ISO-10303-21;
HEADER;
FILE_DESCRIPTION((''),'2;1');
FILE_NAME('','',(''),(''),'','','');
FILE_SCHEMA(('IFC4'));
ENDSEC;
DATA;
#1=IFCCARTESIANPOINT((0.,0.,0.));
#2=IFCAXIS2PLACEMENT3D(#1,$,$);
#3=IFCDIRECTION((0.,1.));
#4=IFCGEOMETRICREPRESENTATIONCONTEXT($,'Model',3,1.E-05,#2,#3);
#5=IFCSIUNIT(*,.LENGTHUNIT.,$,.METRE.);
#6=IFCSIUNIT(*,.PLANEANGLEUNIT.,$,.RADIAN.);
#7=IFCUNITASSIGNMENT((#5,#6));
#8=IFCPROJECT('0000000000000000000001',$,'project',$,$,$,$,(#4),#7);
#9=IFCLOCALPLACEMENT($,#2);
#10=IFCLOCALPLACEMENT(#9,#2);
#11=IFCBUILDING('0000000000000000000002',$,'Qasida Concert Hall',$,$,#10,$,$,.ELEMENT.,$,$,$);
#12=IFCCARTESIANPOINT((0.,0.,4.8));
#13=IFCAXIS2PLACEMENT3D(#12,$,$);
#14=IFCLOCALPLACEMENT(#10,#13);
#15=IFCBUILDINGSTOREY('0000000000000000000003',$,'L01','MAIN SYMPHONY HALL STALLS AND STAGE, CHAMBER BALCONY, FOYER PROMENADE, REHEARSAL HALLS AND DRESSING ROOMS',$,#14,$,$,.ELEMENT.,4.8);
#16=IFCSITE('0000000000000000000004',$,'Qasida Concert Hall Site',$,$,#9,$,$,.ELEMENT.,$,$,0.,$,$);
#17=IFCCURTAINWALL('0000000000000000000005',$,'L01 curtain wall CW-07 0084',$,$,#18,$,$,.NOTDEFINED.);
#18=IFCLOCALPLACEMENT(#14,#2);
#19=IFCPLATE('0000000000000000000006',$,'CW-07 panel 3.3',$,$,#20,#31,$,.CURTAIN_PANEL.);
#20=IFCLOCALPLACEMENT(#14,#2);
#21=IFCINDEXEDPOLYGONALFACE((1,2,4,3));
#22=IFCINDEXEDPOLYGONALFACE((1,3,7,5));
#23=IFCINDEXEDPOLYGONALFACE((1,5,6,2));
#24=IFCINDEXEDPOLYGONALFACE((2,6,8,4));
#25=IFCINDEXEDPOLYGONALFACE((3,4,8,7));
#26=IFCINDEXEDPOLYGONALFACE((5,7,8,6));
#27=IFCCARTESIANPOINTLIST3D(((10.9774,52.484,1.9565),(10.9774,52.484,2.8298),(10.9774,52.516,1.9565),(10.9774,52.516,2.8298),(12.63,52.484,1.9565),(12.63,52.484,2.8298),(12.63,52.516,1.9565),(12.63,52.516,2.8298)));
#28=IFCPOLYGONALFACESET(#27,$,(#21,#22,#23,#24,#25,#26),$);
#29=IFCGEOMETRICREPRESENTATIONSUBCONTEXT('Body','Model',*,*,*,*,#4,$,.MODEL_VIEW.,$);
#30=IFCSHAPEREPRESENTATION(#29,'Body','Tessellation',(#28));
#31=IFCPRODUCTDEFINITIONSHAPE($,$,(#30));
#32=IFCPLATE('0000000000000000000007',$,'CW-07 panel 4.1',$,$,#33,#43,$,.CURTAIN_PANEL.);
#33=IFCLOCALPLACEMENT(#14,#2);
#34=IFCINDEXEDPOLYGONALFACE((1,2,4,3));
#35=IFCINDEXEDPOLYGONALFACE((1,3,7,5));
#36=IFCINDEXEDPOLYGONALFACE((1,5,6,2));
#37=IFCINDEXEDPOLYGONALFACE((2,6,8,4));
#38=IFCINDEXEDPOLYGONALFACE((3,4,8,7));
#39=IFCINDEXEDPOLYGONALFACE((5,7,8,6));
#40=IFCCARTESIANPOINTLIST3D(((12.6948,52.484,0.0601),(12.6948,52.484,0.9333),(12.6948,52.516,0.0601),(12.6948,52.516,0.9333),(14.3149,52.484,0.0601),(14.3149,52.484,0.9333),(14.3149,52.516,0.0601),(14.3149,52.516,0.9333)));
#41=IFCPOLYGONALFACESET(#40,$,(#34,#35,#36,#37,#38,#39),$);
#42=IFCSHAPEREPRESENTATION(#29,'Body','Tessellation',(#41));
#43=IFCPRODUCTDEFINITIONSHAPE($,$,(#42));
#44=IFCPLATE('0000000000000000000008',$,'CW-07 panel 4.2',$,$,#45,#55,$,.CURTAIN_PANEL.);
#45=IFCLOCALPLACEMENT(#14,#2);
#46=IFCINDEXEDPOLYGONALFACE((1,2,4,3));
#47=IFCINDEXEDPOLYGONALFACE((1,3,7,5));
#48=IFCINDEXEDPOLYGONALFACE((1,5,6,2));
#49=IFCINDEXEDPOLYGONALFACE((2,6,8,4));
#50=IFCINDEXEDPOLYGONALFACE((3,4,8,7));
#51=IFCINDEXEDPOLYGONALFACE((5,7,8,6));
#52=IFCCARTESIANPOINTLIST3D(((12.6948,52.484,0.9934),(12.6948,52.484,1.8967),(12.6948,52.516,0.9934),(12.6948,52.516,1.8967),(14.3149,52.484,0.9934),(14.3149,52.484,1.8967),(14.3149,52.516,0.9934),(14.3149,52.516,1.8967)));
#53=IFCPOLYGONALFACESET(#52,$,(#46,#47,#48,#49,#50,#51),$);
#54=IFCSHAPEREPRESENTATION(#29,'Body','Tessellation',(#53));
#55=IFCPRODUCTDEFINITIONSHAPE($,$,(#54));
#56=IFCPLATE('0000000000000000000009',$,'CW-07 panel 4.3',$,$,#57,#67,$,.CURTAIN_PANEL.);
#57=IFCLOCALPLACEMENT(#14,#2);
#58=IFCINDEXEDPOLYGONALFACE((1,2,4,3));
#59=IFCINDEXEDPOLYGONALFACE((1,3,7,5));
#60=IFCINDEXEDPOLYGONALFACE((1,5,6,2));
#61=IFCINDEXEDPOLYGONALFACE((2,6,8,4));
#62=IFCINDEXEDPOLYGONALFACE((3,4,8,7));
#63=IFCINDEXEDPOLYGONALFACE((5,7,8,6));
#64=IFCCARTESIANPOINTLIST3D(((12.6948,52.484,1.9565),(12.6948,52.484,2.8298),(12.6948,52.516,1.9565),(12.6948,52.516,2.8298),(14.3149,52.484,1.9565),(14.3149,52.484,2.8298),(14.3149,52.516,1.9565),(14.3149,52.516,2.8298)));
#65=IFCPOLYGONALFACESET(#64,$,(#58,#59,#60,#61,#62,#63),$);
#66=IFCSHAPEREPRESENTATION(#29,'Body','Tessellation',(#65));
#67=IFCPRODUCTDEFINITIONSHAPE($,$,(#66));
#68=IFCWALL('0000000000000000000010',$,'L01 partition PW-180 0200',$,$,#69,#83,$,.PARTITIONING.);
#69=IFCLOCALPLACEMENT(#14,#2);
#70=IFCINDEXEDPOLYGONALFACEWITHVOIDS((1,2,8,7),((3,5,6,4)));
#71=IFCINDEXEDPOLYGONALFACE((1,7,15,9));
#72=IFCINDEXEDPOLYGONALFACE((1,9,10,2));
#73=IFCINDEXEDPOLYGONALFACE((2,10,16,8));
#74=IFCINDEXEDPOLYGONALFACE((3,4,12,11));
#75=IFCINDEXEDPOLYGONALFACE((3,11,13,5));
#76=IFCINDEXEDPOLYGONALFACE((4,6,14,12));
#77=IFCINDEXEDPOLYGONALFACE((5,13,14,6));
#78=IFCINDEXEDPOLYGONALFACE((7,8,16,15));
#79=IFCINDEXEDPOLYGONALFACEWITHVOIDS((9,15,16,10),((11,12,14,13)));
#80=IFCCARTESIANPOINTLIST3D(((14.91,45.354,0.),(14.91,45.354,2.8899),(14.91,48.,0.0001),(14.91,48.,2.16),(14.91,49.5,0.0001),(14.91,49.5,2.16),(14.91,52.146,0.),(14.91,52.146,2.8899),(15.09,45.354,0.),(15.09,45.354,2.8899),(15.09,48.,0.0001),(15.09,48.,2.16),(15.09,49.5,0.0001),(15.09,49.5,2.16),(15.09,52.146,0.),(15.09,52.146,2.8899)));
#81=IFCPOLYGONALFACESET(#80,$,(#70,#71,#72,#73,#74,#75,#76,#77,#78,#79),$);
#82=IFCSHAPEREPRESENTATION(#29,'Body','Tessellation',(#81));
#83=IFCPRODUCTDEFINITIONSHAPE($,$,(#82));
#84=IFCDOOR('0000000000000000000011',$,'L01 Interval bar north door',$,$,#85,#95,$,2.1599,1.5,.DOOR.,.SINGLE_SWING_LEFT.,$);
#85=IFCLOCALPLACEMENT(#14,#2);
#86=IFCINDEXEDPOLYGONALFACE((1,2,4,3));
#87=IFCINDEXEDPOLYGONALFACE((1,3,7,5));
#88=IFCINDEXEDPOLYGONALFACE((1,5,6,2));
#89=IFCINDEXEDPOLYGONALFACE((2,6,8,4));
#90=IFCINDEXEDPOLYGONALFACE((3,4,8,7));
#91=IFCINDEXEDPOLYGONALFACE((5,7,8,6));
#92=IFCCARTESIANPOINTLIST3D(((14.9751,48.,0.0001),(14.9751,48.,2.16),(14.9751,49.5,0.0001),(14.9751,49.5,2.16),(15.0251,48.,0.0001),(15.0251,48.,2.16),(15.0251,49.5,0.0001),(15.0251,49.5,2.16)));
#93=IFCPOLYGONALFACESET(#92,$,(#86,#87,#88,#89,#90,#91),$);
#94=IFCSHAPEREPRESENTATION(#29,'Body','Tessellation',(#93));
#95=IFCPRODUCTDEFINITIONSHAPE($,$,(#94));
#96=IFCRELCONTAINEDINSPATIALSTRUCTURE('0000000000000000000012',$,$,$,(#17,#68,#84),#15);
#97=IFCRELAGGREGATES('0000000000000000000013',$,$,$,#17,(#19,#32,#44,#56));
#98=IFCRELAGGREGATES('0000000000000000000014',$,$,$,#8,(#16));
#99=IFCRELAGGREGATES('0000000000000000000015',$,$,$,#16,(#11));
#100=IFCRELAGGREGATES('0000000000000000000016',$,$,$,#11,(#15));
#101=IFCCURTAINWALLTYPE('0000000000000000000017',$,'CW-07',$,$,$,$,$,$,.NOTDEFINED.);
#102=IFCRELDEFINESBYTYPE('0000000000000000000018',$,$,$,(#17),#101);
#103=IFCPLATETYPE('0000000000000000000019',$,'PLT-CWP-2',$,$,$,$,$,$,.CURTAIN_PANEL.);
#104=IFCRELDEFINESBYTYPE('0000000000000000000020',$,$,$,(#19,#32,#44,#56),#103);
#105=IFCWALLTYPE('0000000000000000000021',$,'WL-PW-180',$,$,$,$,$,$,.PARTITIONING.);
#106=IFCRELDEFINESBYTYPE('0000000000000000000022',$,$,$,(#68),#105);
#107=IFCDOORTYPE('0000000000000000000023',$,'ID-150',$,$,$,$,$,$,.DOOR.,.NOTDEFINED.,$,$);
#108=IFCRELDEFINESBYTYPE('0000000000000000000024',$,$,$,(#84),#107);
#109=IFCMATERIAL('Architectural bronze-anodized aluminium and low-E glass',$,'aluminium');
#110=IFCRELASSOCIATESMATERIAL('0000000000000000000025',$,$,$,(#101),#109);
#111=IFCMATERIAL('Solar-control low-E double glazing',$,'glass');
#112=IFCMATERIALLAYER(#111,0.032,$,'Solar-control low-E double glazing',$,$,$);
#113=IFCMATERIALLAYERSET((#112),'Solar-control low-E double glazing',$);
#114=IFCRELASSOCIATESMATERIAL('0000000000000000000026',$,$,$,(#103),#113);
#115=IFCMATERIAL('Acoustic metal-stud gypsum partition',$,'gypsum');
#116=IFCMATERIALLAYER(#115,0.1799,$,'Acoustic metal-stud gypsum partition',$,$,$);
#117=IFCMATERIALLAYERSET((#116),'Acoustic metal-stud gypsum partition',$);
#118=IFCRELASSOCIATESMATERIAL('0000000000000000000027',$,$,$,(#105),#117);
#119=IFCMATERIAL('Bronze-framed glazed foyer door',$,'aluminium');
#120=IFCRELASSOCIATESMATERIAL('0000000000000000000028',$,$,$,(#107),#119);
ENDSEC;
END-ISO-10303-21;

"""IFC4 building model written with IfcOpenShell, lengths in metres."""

from ifc_helpers import new_model, si_unit, direction, frame, frame_2d, origin, origin_2d, place, context, subcontext, project, spatial, rectangle, extrude, material, layer, layer_set, type_object, element, fill, aggregate, save


model = new_model("IFC4")

# Units and contexts
model_context = context("Model", 3, precision=1e-05, world=origin(), true_north=direction((0.0, 1.0)))
body_context = subcontext(model_context, "Body", "Model", "MODEL_VIEW")
ifc_project = project(units=[si_unit("LENGTHUNIT", "METRE"), si_unit("PLANEANGLEUNIT", "RADIAN")], contexts=[model_context])

# Site, building, storey
site_placement = place(None, origin())
site = spatial("IfcSite", under=ifc_project, at=site_placement, Name="Qasida Concert Hall Site", CompositionType="ELEMENT", RefElevation=0.0)
building_placement = place(site_placement, origin())
building = spatial("IfcBuilding", under=site, at=building_placement, Name="Qasida Concert Hall", CompositionType="ELEMENT")
storey_placement = place(building_placement, frame((0.0, 0.0, 4.8)))
storey = spatial("IfcBuildingStorey", under=building, at=storey_placement, Name="L01", Description="MAIN SYMPHONY HALL STALLS AND STAGE, CHAMBER BALCONY, FOYER PROMENADE, REHEARSAL HALLS AND DRESSING ROOMS", CompositionType="ELEMENT", Elevation=4.8)

# Curtain wall, plates
ifc_material_1 = material(Name="Architectural bronze-anodized aluminium and low-E glass", Category="aluminium")
curtain_wall_type = type_object("IfcCurtainWallType", Name="CW-07", PredefinedType="NOTDEFINED", material=ifc_material_1)
curtain_wall_placement = place(storey_placement, origin())
curtain_wall = element("IfcCurtainWall", 1, at=curtain_wall_placement, inside=storey, type_object=curtain_wall_type, Name="L01 curtain wall CW-07 0084", PredefinedType="NOTDEFINED")
ifc_material_2 = material(Name="Solar-control low-E double glazing", Category="glass")
ifc_layer_1 = layer(ifc_material_2, 0.032, Name="Solar-control low-E double glazing")
ifc_layer_set_1 = layer_set([ifc_layer_1], Name="Solar-control low-E double glazing")
plate_type = type_object("IfcPlateType", Name="PLT-CWP-2", PredefinedType="CURTAIN_PANEL", material=ifc_layer_set_1)
plate_1_placement = place(storey_placement, frame((11.8037, 52.5, 1.9565), z_axis=(0.0, 0.0, 1.0), x_axis=(1.0, 0.0, 0.0)))
plate_1 = element("IfcPlate", 2, at=plate_1_placement, type_object=plate_type, Name="CW-07 panel 3.3", PredefinedType="CURTAIN_PANEL", context=body_context, shape_type="SweptSolid", body=[
    extrude(rectangle(XDim=1.6526, YDim=0.032, at=origin_2d()), origin(), (0.0, 0.0, 1.0), 0.8733),
])
plate_2_placement = place(storey_placement, frame((13.5049, 52.5, 0.0601), z_axis=(0.0, 0.0, 1.0), x_axis=(1.0, 0.0, 0.0)))
plate_2 = element("IfcPlate", 3, at=plate_2_placement, type_object=plate_type, Name="CW-07 panel 4.1", PredefinedType="CURTAIN_PANEL", context=body_context, shape_type="SweptSolid", body=[
    extrude(rectangle(XDim=1.6201, YDim=0.032, at=origin_2d()), origin(), (0.0, 0.0, 1.0), 0.8733),
])
plate_3_placement = place(storey_placement, frame((13.5049, 52.5, 0.9934), z_axis=(0.0, 0.0, 1.0), x_axis=(1.0, 0.0, 0.0)))
plate_3 = element("IfcPlate", 4, at=plate_3_placement, type_object=plate_type, Name="CW-07 panel 4.2", PredefinedType="CURTAIN_PANEL", context=body_context, shape_type="SweptSolid", body=[
    extrude(rectangle(XDim=1.6201, YDim=0.032, at=origin_2d()), origin(), (0.0, 0.0, 1.0), 0.9033),
])
plate_4_placement = place(storey_placement, frame((13.5049, 52.5, 1.9565), z_axis=(0.0, 0.0, 1.0), x_axis=(1.0, 0.0, 0.0)))
plate_4 = element("IfcPlate", 5, at=plate_4_placement, type_object=plate_type, Name="CW-07 panel 4.3", PredefinedType="CURTAIN_PANEL", context=body_context, shape_type="SweptSolid", body=[
    extrude(rectangle(XDim=1.6201, YDim=0.032, at=origin_2d()), origin(), (0.0, 0.0, 1.0), 0.8733),
])
aggregate(curtain_wall, [plate_1, plate_2, plate_3, plate_4])

# Wall, opening, door
ifc_material_3 = material(Name="Acoustic metal-stud gypsum partition", Category="gypsum")
ifc_layer_2 = layer(ifc_material_3, 0.1799, Name="Acoustic metal-stud gypsum partition")
ifc_layer_set_2 = layer_set([ifc_layer_2], Name="Acoustic metal-stud gypsum partition")
wall_type = type_object("IfcWallType", Name="WL-PW-180", PredefinedType="PARTITIONING", material=ifc_layer_set_2)
wall_placement = place(storey_placement, frame((15.0, 45.354, 0.0), z_axis=(0.0, 0.0, 1.0), x_axis=(0.0, 1.0, 0.0)))
wall = element("IfcWall", 6, at=wall_placement, inside=storey, type_object=wall_type, Name="L01 partition PW-180 0200", PredefinedType="PARTITIONING", context=body_context, shape_type="SweptSolid", body=[
    extrude(rectangle(XDim=6.792, YDim=0.1799, at=frame_2d((3.396, 0.0))), origin(), (0.0, 0.0, 1.0), 2.8899),
])
opening_placement = place(wall_placement, frame((2.646, 0.0, 0.0)))
opening = element("IfcOpeningElement", 7, at=opening_placement, cuts=wall, PredefinedType="OPENING", context=body_context, shape_type="SweptSolid", body=[
    extrude(rectangle(XDim=1.5, YDim=2.1599, at=frame_2d((0.75, 1.0801))), frame((0.0, 0.0999, 0.0), z_axis=(0.0, -1.0, 0.0), x_axis=(1.0, 0.0, 0.0)), (0.0, 0.0, 1.0), 0.2),
])
ifc_material_4 = material(Name="Bronze-framed glazed foyer door", Category="aluminium")
door_type = type_object("IfcDoorType", Name="ID-150", OperationType="NOTDEFINED", PredefinedType="DOOR", material=ifc_material_4)
door_placement = place(opening_placement, origin())
door = element("IfcDoor", 8, at=door_placement, inside=storey, type_object=door_type, Name="L01 Interval bar north door", OperationType="SINGLE_SWING_LEFT", OverallHeight=2.1599, OverallWidth=1.5, PredefinedType="DOOR", context=body_context, shape_type="SweptSolid", body=[
    extrude(rectangle(XDim=1.5, YDim=2.1599, at=frame_2d((0.75, 1.0801))), frame((0.0, 0.0249, 0.0), z_axis=(0.0, -1.0, 0.0), x_axis=(1.0, 0.0, 0.0)), (0.0, 0.0, 1.0), 0.05),
])
fill(opening, door)

save(model, "model.ifc")
